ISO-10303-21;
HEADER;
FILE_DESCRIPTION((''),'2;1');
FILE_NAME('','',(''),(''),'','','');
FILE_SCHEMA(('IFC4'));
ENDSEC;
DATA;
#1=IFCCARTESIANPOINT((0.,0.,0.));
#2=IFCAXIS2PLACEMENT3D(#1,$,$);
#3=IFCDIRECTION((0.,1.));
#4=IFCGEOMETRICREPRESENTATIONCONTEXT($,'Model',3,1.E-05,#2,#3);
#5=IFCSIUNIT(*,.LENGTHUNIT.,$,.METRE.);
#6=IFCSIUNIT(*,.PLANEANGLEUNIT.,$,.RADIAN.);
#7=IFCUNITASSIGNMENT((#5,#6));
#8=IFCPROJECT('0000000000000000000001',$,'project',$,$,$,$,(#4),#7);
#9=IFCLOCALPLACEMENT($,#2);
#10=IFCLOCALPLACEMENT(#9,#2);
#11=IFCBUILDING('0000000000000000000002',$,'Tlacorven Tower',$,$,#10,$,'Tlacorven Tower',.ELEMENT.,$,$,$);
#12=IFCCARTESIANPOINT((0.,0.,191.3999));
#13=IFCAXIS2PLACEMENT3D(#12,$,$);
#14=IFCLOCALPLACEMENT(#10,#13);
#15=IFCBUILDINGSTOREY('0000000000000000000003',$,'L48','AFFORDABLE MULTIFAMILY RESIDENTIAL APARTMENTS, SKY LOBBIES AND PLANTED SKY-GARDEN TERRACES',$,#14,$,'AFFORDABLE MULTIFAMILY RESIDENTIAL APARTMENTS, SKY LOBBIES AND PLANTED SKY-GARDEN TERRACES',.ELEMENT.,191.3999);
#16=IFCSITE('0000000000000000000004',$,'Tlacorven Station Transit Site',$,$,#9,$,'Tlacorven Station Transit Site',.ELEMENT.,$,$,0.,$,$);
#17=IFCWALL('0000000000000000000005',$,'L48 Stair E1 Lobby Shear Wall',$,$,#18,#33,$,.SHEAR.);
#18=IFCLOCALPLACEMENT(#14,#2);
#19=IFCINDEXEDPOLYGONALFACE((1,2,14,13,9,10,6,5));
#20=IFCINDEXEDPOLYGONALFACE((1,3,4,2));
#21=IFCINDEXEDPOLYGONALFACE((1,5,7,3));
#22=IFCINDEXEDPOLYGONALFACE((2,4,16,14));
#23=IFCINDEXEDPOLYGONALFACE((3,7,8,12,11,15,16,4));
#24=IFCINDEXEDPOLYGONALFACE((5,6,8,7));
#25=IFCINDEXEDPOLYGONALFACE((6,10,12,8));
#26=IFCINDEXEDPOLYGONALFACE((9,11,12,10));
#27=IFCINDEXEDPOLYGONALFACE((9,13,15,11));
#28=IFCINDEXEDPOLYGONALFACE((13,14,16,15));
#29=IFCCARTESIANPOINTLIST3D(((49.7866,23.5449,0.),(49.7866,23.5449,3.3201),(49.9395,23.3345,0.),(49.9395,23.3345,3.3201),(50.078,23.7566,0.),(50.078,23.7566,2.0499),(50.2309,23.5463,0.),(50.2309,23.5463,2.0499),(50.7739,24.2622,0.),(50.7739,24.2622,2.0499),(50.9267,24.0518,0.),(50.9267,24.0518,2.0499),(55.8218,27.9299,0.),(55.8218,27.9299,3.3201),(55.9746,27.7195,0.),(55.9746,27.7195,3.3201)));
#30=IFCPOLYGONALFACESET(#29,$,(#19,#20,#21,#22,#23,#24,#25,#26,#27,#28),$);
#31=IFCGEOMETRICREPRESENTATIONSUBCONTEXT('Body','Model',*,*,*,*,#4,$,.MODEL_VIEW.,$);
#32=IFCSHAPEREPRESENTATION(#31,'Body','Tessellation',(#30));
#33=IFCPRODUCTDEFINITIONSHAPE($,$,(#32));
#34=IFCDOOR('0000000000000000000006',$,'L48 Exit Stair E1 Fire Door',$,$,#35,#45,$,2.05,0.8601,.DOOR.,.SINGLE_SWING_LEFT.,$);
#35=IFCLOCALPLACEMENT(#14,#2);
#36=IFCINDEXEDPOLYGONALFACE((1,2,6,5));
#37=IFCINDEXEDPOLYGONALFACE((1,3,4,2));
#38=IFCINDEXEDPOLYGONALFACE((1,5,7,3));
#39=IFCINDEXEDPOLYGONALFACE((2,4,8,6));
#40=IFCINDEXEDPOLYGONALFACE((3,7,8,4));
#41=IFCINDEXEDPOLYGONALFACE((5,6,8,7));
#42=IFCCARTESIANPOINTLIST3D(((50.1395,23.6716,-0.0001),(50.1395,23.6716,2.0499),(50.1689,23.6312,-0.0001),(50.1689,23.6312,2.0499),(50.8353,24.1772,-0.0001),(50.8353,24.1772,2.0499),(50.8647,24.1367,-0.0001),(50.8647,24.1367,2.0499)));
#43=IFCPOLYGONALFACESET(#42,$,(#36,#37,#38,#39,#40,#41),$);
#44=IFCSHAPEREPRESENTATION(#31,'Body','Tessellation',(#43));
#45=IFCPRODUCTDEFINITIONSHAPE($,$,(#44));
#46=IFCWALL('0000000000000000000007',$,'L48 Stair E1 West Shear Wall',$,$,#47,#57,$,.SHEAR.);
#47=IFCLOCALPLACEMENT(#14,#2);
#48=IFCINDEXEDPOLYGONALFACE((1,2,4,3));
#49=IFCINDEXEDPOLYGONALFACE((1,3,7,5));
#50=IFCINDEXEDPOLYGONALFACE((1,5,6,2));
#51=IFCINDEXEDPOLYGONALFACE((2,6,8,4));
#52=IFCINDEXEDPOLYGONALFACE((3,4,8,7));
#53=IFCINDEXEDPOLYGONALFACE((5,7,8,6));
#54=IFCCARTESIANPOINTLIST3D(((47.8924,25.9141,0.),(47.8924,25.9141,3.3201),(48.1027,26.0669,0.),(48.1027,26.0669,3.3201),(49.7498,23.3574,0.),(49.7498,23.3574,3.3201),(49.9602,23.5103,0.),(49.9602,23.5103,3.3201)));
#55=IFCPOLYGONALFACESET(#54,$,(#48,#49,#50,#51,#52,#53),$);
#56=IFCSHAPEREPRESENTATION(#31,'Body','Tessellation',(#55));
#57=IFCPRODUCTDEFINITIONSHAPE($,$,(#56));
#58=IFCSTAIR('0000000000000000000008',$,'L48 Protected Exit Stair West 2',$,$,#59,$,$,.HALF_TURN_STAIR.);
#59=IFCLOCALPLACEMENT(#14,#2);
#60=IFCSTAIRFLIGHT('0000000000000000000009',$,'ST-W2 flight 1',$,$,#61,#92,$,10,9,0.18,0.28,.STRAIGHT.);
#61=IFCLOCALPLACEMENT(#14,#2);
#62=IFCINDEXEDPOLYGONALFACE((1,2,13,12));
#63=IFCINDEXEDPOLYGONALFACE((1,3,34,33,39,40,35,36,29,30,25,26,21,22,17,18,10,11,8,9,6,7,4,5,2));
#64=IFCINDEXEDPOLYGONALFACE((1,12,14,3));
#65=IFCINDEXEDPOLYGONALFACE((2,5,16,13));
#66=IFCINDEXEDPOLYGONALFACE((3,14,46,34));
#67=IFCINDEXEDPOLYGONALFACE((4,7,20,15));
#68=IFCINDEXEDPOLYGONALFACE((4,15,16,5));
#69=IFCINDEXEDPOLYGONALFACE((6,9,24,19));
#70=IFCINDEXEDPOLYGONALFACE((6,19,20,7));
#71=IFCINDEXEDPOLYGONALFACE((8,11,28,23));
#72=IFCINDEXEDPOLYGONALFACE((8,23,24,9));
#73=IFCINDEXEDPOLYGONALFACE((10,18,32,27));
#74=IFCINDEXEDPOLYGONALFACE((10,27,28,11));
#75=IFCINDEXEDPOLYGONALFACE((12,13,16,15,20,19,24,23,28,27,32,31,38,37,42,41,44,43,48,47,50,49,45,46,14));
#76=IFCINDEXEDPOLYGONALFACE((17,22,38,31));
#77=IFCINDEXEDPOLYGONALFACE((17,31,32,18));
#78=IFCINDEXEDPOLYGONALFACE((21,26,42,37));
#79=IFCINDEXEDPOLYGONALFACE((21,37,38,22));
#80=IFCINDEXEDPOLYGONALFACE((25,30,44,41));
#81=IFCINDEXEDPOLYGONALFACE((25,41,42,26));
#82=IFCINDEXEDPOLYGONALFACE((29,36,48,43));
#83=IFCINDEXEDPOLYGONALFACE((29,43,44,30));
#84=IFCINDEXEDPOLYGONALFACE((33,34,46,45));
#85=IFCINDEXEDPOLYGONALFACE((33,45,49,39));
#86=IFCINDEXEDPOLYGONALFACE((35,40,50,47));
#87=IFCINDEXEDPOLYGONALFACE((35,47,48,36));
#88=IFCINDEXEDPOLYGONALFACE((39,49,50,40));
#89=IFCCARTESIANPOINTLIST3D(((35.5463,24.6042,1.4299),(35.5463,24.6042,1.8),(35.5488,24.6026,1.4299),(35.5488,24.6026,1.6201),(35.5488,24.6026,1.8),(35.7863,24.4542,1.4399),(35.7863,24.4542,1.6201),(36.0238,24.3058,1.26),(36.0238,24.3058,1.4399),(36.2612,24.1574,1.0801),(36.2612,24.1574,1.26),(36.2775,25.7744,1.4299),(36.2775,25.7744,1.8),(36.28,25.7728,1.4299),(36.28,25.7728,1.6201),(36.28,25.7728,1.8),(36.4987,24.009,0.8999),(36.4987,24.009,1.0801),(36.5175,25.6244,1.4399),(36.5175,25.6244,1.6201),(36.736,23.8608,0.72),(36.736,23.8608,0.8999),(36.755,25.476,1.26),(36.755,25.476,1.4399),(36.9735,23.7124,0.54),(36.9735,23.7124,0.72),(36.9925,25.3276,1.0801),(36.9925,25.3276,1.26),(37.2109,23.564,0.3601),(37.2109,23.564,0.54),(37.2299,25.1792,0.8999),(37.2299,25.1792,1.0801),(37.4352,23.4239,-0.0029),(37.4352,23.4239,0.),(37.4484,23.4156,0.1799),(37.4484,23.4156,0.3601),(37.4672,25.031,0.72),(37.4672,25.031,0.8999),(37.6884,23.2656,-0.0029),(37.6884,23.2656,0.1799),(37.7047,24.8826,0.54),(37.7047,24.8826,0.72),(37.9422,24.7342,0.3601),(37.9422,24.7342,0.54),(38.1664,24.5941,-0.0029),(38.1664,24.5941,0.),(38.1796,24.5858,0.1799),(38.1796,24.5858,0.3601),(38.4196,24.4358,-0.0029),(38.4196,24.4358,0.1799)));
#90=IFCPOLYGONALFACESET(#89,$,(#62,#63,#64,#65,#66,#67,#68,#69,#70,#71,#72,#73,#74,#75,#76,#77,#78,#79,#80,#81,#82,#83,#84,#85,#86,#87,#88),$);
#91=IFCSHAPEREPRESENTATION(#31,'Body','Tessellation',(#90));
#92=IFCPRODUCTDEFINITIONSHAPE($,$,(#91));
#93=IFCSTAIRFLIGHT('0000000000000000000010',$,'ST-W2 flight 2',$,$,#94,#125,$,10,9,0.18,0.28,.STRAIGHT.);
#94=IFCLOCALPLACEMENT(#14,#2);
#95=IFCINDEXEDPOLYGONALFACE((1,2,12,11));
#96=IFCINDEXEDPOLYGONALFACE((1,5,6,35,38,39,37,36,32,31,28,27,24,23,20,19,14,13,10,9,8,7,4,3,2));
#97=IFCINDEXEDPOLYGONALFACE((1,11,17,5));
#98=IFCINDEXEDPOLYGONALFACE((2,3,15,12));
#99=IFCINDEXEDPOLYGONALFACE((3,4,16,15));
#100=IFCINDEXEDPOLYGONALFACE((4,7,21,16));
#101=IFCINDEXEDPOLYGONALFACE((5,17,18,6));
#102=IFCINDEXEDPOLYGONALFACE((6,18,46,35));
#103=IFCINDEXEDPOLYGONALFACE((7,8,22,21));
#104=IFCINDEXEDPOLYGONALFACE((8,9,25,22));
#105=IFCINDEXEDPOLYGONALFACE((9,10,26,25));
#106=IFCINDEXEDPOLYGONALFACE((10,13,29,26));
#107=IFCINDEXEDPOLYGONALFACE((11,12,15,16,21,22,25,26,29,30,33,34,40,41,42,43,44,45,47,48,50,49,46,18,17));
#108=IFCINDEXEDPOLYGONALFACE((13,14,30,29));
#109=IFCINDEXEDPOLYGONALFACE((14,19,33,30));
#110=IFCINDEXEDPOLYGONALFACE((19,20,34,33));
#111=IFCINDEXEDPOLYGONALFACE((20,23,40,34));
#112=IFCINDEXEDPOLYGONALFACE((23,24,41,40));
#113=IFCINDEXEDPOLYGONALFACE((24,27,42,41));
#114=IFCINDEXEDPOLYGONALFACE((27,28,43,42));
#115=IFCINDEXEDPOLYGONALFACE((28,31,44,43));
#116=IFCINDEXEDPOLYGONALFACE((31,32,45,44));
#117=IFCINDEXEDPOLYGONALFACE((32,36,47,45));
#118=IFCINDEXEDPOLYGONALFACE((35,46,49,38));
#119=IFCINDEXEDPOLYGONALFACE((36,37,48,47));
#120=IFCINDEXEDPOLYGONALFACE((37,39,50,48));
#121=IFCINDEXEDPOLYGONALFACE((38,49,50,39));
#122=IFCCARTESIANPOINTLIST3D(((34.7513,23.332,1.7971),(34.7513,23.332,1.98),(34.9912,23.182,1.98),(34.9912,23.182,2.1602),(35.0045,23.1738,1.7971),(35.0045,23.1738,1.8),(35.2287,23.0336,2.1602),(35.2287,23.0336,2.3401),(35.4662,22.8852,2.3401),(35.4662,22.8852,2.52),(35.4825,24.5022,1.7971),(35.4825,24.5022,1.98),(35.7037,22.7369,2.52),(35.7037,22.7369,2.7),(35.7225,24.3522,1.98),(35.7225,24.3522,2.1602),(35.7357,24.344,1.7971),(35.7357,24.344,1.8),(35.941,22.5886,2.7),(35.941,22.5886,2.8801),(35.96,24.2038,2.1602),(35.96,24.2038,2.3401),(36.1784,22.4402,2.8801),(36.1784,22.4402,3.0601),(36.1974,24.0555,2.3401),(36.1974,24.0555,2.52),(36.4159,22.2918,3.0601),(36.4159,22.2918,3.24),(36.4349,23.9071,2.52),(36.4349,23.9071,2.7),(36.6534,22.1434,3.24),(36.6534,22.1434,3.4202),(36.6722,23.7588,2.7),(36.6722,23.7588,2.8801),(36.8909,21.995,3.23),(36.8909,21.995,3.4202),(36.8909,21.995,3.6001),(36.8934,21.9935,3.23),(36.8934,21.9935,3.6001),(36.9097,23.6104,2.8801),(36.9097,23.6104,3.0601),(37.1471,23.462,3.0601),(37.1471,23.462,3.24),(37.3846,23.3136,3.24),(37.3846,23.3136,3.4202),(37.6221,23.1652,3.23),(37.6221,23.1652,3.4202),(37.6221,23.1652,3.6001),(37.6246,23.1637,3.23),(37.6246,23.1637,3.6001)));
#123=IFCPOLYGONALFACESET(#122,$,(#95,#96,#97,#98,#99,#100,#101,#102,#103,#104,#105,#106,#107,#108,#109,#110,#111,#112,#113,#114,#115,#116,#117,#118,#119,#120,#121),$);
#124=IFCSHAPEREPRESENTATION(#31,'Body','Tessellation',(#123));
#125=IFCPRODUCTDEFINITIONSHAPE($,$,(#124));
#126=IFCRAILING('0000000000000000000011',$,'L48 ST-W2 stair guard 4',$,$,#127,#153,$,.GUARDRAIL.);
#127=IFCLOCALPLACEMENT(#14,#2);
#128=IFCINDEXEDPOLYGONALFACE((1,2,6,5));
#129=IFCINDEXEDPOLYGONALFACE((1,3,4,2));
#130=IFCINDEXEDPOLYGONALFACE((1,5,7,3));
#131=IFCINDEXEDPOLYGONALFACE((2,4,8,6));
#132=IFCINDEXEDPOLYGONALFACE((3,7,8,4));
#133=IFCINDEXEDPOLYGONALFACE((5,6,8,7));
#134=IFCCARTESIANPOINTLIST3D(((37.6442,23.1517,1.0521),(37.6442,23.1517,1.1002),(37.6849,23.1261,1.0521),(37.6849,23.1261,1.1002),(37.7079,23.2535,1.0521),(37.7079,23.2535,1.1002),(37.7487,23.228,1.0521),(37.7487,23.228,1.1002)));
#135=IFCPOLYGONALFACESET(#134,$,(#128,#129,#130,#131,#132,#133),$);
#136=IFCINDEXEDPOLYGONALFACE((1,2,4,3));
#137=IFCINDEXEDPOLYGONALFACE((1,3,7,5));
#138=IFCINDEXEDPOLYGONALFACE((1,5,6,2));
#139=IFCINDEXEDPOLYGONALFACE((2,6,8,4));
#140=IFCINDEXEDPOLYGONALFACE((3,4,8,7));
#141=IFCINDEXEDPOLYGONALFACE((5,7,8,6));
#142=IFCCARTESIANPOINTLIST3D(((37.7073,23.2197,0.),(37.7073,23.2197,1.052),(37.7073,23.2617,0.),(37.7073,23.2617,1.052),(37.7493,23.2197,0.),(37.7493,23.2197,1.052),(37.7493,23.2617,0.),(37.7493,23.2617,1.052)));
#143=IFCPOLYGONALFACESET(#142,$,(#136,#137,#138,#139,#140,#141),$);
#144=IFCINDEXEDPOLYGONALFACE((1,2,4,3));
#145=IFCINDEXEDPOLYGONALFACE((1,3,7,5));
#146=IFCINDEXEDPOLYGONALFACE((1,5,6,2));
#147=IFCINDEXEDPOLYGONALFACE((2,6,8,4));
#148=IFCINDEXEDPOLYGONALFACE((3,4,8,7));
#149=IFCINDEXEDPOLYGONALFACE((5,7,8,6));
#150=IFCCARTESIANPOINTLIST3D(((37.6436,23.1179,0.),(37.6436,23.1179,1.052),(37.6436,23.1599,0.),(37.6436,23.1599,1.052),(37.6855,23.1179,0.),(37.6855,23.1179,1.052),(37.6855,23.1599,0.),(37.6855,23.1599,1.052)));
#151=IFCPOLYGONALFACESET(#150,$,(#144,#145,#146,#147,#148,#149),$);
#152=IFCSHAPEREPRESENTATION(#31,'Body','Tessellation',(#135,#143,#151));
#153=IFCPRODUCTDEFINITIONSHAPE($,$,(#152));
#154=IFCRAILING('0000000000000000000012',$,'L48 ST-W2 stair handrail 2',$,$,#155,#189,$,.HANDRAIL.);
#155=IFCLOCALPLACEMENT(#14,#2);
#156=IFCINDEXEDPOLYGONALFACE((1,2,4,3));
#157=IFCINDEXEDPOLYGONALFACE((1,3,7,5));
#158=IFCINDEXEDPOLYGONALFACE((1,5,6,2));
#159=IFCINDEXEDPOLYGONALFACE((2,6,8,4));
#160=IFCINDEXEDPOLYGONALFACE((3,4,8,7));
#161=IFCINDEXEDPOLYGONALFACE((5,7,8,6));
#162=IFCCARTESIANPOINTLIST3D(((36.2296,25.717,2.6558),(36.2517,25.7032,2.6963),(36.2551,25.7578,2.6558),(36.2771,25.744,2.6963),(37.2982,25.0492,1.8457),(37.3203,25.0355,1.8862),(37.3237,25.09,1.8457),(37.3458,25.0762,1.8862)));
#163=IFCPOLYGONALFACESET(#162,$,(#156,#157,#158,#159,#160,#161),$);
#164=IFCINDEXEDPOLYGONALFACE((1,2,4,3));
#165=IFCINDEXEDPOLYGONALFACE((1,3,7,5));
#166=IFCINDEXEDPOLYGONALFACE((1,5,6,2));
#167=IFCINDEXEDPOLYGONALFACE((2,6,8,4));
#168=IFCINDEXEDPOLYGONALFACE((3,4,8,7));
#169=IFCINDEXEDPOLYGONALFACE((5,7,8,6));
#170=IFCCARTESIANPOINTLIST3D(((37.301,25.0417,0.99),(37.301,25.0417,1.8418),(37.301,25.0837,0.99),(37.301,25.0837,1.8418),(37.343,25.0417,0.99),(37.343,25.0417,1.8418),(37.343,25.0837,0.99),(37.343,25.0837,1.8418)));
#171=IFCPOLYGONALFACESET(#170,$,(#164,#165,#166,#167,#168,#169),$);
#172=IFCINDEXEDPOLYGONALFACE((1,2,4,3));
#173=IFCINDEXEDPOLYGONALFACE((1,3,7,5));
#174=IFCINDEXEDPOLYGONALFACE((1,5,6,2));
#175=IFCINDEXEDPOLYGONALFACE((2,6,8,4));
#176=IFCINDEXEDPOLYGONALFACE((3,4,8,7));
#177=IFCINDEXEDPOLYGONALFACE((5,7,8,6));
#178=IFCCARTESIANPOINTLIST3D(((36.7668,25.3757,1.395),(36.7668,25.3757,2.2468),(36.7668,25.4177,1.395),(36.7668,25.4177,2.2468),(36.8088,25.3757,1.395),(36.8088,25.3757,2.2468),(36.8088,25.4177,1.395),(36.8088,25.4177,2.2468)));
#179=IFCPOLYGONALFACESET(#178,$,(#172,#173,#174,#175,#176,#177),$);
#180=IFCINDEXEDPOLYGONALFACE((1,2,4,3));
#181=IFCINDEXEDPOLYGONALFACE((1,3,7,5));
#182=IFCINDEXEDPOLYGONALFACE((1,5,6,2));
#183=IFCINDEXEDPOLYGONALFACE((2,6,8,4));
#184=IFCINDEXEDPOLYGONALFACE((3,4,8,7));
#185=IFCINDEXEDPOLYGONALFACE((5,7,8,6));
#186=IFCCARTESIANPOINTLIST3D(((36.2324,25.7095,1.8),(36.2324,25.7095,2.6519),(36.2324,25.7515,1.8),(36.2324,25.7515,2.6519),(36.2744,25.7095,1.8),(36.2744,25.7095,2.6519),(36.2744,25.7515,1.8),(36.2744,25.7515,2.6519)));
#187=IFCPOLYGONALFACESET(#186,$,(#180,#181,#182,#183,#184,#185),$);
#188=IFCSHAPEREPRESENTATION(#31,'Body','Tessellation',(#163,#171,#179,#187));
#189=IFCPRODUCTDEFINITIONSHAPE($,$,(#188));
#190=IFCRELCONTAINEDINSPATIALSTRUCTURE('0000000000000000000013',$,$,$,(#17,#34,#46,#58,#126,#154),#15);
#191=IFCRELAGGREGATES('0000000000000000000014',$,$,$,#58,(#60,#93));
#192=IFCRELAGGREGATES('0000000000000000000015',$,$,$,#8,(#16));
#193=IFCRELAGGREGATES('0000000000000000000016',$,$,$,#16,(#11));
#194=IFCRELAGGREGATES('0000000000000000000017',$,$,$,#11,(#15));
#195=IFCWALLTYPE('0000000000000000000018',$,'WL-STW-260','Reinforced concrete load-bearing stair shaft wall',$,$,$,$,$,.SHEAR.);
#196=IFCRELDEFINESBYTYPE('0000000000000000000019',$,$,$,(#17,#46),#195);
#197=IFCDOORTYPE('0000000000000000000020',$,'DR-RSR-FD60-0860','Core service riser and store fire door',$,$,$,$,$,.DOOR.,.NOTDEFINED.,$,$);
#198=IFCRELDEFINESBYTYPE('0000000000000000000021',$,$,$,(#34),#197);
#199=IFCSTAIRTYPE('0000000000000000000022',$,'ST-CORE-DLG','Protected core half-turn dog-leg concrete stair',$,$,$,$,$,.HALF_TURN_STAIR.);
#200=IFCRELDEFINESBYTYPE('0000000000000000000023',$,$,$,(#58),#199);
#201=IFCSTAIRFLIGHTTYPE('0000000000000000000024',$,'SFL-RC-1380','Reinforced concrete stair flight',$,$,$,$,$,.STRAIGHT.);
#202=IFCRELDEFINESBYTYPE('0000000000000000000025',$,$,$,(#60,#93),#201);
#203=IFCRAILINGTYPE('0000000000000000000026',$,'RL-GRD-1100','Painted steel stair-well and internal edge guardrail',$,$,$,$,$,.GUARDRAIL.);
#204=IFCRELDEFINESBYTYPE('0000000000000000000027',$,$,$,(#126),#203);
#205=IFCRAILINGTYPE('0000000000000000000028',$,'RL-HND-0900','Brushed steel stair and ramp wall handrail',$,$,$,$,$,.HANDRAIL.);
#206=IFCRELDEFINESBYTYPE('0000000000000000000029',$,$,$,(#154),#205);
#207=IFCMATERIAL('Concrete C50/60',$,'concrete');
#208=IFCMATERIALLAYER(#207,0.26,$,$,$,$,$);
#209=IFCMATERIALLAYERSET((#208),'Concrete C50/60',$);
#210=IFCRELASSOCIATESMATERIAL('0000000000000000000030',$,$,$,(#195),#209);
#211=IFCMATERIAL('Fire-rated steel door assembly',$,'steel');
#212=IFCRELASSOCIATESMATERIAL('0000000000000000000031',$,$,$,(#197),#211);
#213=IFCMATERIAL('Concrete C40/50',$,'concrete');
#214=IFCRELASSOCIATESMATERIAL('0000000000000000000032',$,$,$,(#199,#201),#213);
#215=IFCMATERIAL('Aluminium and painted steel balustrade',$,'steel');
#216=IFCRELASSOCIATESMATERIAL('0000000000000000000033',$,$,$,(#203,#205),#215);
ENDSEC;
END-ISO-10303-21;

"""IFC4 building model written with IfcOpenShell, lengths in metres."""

from ifc_helpers import new_model, si_unit, direction, frame, frame_2d, origin, origin_2d, place, context, subcontext, project, spatial, polyline, rectangle, outline, extrude, source, transform, mapped, material, layer, layer_set, type_object, element, fill, aggregate, save


model = new_model("IFC4")

# Units and contexts
model_context = context("Model", 3, precision=1e-05, world=origin(), true_north=direction((0.0, 1.0)))
body_context = subcontext(model_context, "Body", "Model", "MODEL_VIEW")
ifc_project = project(units=[si_unit("LENGTHUNIT", "METRE"), si_unit("PLANEANGLEUNIT", "RADIAN")], contexts=[model_context])

# Site, building, storey
site_placement = place(None, origin())
site = spatial("IfcSite", under=ifc_project, at=site_placement, Name="Tlacorven Station Transit Site", LongName="Tlacorven Station Transit Site", CompositionType="ELEMENT", RefElevation=0.0)
building_placement = place(site_placement, origin())
building = spatial("IfcBuilding", under=site, at=building_placement, Name="Tlacorven Tower", LongName="Tlacorven Tower", CompositionType="ELEMENT")
storey_placement = place(building_placement, frame((0.0, 0.0, 191.3999)))
storey = spatial("IfcBuildingStorey", under=building, at=storey_placement, Name="L48", Description="AFFORDABLE MULTIFAMILY RESIDENTIAL APARTMENTS, SKY LOBBIES AND PLANTED SKY-GARDEN TERRACES", LongName="AFFORDABLE MULTIFAMILY RESIDENTIAL APARTMENTS, SKY LOBBIES AND PLANTED SKY-GARDEN TERRACES", CompositionType="ELEMENT", Elevation=191.3999)

# Shared definitions
ifc_material_1 = material(Name="Concrete C40/50", Category="concrete")
ifc_material_2 = material(Name="Concrete C50/60", Category="concrete")
ifc_layer_1 = layer(ifc_material_2, 0.26)
ifc_layer_set_1 = layer_set([ifc_layer_1], Name="Concrete C50/60")
wall_type_1 = type_object("IfcWallType", Name="WL-STW-260", Description="Reinforced concrete load-bearing stair shaft wall", PredefinedType="SHEAR", material=ifc_layer_set_1)

# Wall, opening, door
wall_1_placement = place(storey_placement, frame((49.863, 23.4397, 0.0), z_axis=(0.0, 0.0, 1.0), x_axis=(0.809003, 0.587804, 0.0)))
wall_1 = element("IfcWall", 1, at=wall_1_placement, inside=storey, type_object=wall_type_1, Name="L48 Stair E1 Lobby Shear Wall", PredefinedType="SHEAR", context=body_context, shape_type="SweptSolid", body=[
    extrude(rectangle(XDim=7.46, YDim=0.26, at=frame_2d((3.73, 0.0))), origin(), (0.0, 0.0, 1.0), 3.3201),
])
opening_placement = place(wall_1_placement, frame((0.3601, 0.0, 0.0)))
opening = element("IfcOpeningElement", 2, at=opening_placement, cuts=wall_1, PredefinedType="OPENING", context=body_context, shape_type="SweptSolid", body=[
    extrude(rectangle(XDim=0.8601, YDim=2.05, at=frame_2d((0.4302, 1.0249))), frame((0.0, 0.1401, 0.0), z_axis=(0.0, -1.0, 0.0), x_axis=(1.0, 0.0, 0.0)), (0.0, 0.0, 1.0), 0.28),
])
ifc_material_3 = material(Name="Fire-rated steel door assembly", Category="steel")
door_type = type_object("IfcDoorType", Name="DR-RSR-FD60-0860", Description="Core service riser and store fire door", OperationType="NOTDEFINED", PredefinedType="DOOR", material=ifc_material_3)
shared_shape_1 = source(origin(), body_context, "Body", "SweptSolid", [
    extrude(rectangle(XDim=0.8601, YDim=2.05, at=frame_2d((0.4302, 1.0249))), frame((0.0, 0.0249, 0.0), z_axis=(0.0, -1.0, 0.0), x_axis=(1.0, 0.0, 0.0)), (0.0, 0.0, 1.0), 0.05),
])
door_placement = place(opening_placement, frame((0.8601, 0.0, 0.0), z_axis=(0.0, 0.0, 1.0), x_axis=(-1.0, 0.0, 0.0)))
door = element("IfcDoor", 3, at=door_placement, inside=storey, type_object=door_type, Name="L48 Exit Stair E1 Fire Door", OperationType="SINGLE_SWING_LEFT", OverallHeight=2.05, OverallWidth=0.8601, PredefinedType="DOOR", context=body_context, shape_type="MappedRepresentation", body=[
    mapped(shared_shape_1, transform((0.0, 0.0, 0.0), scale=1.0)),
])
fill(opening, door)

# Wall
wall_2_placement = place(storey_placement, frame((49.855, 23.4338, 0.0), z_axis=(0.0, 0.0, 1.0), x_axis=(-0.587767, 0.80903, 0.0)))
element("IfcWall", 4, at=wall_2_placement, inside=storey, type_object=wall_type_1, Name="L48 Stair E1 West Shear Wall", PredefinedType="SHEAR", context=body_context, shape_type="SweptSolid", body=[
    extrude(rectangle(XDim=3.1602, YDim=0.26, at=frame_2d((1.5801, 0.0))), origin(), (0.0, 0.0, 1.0), 3.3201),
])

# Stair, stair flights
stair_type = type_object("IfcStairType", Name="ST-CORE-DLG", Description="Protected core half-turn dog-leg concrete stair", PredefinedType="HALF_TURN_STAIR", material=ifc_material_1)
stair_placement = place(storey_placement, origin())
stair = element("IfcStair", 5, at=stair_placement, inside=storey, type_object=stair_type, Name="L48 Protected Exit Stair West 2", PredefinedType="HALF_TURN_STAIR")
stair_flight_type = type_object("IfcStairFlightType", Name="SFL-RC-1380", Description="Reinforced concrete stair flight", PredefinedType="STRAIGHT", material=ifc_material_1)
shared_shape_2 = source(origin(), body_context, "Body", "SweptSolid", [
    extrude(outline(polyline([(-0.0029, -0.0029), (-0.0029, 0.1799), (0.28, 0.1799), (0.28, 0.3601), (0.5601, 0.3601), (0.5601, 0.54), (0.8401, 0.54), (0.8401, 0.72), (1.1201, 0.72), (1.1201, 0.8999), (1.3999, 0.8999), (1.3999, 1.0801), (1.6799, 1.0801), (1.6799, 1.26), (1.96, 1.26), (1.96, 1.4399), (2.24, 1.4399), (2.24, 1.6201), (2.52, 1.6201), (2.52, 1.8), (2.5229, 1.8), (2.5229, 1.4299), (2.52, 1.4299), (0.2957, 0.0), (0.2957, -0.0029), (-0.0029, -0.0029)])), frame((0.0, 0.6899, 0.0), z_axis=(0.0, -1.0, 0.0), x_axis=(1.0, 0.0, 0.0)), (0.0, 0.0, 1.0), 1.3799),
])
stair_flight_1_placement = place(storey_placement, frame((38.0515, 23.8523, 0.0), z_axis=(0.0, 0.0, 1.0), x_axis=(-0.848048, 0.529919, 0.0)))
stair_flight_1 = element("IfcStairFlight", 6, at=stair_flight_1_placement, type_object=stair_flight_type, Name="ST-W2 flight 1", NumberOfRisers=10, NumberOfTreads=9, PredefinedType="STRAIGHT", RiserHeight=0.18, TreadLength=0.28, context=body_context, shape_type="MappedRepresentation", body=[
    mapped(shared_shape_2, transform((0.0, 0.0, 0.0), scale=1.0)),
])
stair_flight_2_placement = place(storey_placement, frame((35.1194, 23.9155, 1.8), z_axis=(0.0, 0.0, 1.0), x_axis=(0.848048, -0.529919, 0.0)))
stair_flight_2 = element("IfcStairFlight", 7, at=stair_flight_2_placement, type_object=stair_flight_type, Name="ST-W2 flight 2", NumberOfRisers=10, NumberOfTreads=9, PredefinedType="STRAIGHT", RiserHeight=0.18, TreadLength=0.28, context=body_context, shape_type="MappedRepresentation", body=[
    mapped(shared_shape_2, transform((0.0, 0.0, 0.0), scale=1.0)),
])
aggregate(stair, [stair_flight_1, stair_flight_2])

# Railings
ifc_material_4 = material(Name="Aluminium and painted steel balustrade", Category="steel")
railing_type_1 = type_object("IfcRailingType", Name="RL-GRD-1100", Description="Painted steel stair-well and internal edge guardrail", PredefinedType="GUARDRAIL", material=ifc_material_4)
shared_shape_3 = source(origin(), body_context, "Body", "SweptSolid", [
    extrude(rectangle(XDim=0.0481, YDim=0.0481, at=origin_2d()), frame((0.0, 0.0, 1.0762), z_axis=(-0.530547, -0.847656, 0.0), x_axis=(0.847656, -0.530547, 0.0)), (0.0, 0.0, 1.0), 0.1201),
    extrude(rectangle(XDim=0.042, YDim=0.042, at=origin_2d()), origin(), (0.0, 0.0, 1.0), 1.052),
    extrude(rectangle(XDim=0.042, YDim=0.042, at=origin_2d()), frame((-0.0637, -0.1018, 0.0)), (0.0, 0.0, 1.0), 1.052),
])
railing_1_placement = place(storey_placement, frame((37.7283, 23.2407, 0.0)))
element("IfcRailing", 8, at=railing_1_placement, inside=storey, type_object=railing_type_1, Name="L48 ST-W2 stair guard 4", PredefinedType="GUARDRAIL", context=body_context, shape_type="MappedRepresentation", body=[
    mapped(shared_shape_3, transform((0.0, 0.0, 0.0), scale=1.0)),
])
railing_type_2 = type_object("IfcRailingType", Name="RL-HND-0900", Description="Brushed steel stair and ramp wall handrail", PredefinedType="HANDRAIL", material=ifc_material_4)
shared_shape_4 = source(origin(), body_context, "Body", "SweptSolid", [
    extrude(rectangle(XDim=0.0481, YDim=0.0481, at=origin_2d()), frame((0.0, 0.0, 0.876), z_axis=(-0.71336, 0.445748, 0.540765), x_axis=(-0.529912, -0.848053, 0.0)), (0.0, 0.0, 1.0), 1.498),
    extrude(rectangle(XDim=0.042, YDim=0.042, at=origin_2d()), origin(), (0.0, 0.0, 1.0), 0.8518),
    extrude(rectangle(XDim=0.042, YDim=0.042, at=origin_2d()), frame((-0.5342, 0.334, 0.405)), (0.0, 0.0, 1.0), 0.8518),
    extrude(rectangle(XDim=0.042, YDim=0.042, at=origin_2d()), frame((-1.0686, 0.6677, 0.8101)), (0.0, 0.0, 1.0), 0.8518),
])
railing_2_placement = place(storey_placement, frame((37.322, 25.0627, 0.99)))
element("IfcRailing", 9, at=railing_2_placement, inside=storey, type_object=railing_type_2, Name="L48 ST-W2 stair handrail 2", PredefinedType="HANDRAIL", context=body_context, shape_type="MappedRepresentation", body=[
    mapped(shared_shape_4, transform((0.0, 0.0, 0.0), scale=1.0)),
])

save(model, "model.ifc")
